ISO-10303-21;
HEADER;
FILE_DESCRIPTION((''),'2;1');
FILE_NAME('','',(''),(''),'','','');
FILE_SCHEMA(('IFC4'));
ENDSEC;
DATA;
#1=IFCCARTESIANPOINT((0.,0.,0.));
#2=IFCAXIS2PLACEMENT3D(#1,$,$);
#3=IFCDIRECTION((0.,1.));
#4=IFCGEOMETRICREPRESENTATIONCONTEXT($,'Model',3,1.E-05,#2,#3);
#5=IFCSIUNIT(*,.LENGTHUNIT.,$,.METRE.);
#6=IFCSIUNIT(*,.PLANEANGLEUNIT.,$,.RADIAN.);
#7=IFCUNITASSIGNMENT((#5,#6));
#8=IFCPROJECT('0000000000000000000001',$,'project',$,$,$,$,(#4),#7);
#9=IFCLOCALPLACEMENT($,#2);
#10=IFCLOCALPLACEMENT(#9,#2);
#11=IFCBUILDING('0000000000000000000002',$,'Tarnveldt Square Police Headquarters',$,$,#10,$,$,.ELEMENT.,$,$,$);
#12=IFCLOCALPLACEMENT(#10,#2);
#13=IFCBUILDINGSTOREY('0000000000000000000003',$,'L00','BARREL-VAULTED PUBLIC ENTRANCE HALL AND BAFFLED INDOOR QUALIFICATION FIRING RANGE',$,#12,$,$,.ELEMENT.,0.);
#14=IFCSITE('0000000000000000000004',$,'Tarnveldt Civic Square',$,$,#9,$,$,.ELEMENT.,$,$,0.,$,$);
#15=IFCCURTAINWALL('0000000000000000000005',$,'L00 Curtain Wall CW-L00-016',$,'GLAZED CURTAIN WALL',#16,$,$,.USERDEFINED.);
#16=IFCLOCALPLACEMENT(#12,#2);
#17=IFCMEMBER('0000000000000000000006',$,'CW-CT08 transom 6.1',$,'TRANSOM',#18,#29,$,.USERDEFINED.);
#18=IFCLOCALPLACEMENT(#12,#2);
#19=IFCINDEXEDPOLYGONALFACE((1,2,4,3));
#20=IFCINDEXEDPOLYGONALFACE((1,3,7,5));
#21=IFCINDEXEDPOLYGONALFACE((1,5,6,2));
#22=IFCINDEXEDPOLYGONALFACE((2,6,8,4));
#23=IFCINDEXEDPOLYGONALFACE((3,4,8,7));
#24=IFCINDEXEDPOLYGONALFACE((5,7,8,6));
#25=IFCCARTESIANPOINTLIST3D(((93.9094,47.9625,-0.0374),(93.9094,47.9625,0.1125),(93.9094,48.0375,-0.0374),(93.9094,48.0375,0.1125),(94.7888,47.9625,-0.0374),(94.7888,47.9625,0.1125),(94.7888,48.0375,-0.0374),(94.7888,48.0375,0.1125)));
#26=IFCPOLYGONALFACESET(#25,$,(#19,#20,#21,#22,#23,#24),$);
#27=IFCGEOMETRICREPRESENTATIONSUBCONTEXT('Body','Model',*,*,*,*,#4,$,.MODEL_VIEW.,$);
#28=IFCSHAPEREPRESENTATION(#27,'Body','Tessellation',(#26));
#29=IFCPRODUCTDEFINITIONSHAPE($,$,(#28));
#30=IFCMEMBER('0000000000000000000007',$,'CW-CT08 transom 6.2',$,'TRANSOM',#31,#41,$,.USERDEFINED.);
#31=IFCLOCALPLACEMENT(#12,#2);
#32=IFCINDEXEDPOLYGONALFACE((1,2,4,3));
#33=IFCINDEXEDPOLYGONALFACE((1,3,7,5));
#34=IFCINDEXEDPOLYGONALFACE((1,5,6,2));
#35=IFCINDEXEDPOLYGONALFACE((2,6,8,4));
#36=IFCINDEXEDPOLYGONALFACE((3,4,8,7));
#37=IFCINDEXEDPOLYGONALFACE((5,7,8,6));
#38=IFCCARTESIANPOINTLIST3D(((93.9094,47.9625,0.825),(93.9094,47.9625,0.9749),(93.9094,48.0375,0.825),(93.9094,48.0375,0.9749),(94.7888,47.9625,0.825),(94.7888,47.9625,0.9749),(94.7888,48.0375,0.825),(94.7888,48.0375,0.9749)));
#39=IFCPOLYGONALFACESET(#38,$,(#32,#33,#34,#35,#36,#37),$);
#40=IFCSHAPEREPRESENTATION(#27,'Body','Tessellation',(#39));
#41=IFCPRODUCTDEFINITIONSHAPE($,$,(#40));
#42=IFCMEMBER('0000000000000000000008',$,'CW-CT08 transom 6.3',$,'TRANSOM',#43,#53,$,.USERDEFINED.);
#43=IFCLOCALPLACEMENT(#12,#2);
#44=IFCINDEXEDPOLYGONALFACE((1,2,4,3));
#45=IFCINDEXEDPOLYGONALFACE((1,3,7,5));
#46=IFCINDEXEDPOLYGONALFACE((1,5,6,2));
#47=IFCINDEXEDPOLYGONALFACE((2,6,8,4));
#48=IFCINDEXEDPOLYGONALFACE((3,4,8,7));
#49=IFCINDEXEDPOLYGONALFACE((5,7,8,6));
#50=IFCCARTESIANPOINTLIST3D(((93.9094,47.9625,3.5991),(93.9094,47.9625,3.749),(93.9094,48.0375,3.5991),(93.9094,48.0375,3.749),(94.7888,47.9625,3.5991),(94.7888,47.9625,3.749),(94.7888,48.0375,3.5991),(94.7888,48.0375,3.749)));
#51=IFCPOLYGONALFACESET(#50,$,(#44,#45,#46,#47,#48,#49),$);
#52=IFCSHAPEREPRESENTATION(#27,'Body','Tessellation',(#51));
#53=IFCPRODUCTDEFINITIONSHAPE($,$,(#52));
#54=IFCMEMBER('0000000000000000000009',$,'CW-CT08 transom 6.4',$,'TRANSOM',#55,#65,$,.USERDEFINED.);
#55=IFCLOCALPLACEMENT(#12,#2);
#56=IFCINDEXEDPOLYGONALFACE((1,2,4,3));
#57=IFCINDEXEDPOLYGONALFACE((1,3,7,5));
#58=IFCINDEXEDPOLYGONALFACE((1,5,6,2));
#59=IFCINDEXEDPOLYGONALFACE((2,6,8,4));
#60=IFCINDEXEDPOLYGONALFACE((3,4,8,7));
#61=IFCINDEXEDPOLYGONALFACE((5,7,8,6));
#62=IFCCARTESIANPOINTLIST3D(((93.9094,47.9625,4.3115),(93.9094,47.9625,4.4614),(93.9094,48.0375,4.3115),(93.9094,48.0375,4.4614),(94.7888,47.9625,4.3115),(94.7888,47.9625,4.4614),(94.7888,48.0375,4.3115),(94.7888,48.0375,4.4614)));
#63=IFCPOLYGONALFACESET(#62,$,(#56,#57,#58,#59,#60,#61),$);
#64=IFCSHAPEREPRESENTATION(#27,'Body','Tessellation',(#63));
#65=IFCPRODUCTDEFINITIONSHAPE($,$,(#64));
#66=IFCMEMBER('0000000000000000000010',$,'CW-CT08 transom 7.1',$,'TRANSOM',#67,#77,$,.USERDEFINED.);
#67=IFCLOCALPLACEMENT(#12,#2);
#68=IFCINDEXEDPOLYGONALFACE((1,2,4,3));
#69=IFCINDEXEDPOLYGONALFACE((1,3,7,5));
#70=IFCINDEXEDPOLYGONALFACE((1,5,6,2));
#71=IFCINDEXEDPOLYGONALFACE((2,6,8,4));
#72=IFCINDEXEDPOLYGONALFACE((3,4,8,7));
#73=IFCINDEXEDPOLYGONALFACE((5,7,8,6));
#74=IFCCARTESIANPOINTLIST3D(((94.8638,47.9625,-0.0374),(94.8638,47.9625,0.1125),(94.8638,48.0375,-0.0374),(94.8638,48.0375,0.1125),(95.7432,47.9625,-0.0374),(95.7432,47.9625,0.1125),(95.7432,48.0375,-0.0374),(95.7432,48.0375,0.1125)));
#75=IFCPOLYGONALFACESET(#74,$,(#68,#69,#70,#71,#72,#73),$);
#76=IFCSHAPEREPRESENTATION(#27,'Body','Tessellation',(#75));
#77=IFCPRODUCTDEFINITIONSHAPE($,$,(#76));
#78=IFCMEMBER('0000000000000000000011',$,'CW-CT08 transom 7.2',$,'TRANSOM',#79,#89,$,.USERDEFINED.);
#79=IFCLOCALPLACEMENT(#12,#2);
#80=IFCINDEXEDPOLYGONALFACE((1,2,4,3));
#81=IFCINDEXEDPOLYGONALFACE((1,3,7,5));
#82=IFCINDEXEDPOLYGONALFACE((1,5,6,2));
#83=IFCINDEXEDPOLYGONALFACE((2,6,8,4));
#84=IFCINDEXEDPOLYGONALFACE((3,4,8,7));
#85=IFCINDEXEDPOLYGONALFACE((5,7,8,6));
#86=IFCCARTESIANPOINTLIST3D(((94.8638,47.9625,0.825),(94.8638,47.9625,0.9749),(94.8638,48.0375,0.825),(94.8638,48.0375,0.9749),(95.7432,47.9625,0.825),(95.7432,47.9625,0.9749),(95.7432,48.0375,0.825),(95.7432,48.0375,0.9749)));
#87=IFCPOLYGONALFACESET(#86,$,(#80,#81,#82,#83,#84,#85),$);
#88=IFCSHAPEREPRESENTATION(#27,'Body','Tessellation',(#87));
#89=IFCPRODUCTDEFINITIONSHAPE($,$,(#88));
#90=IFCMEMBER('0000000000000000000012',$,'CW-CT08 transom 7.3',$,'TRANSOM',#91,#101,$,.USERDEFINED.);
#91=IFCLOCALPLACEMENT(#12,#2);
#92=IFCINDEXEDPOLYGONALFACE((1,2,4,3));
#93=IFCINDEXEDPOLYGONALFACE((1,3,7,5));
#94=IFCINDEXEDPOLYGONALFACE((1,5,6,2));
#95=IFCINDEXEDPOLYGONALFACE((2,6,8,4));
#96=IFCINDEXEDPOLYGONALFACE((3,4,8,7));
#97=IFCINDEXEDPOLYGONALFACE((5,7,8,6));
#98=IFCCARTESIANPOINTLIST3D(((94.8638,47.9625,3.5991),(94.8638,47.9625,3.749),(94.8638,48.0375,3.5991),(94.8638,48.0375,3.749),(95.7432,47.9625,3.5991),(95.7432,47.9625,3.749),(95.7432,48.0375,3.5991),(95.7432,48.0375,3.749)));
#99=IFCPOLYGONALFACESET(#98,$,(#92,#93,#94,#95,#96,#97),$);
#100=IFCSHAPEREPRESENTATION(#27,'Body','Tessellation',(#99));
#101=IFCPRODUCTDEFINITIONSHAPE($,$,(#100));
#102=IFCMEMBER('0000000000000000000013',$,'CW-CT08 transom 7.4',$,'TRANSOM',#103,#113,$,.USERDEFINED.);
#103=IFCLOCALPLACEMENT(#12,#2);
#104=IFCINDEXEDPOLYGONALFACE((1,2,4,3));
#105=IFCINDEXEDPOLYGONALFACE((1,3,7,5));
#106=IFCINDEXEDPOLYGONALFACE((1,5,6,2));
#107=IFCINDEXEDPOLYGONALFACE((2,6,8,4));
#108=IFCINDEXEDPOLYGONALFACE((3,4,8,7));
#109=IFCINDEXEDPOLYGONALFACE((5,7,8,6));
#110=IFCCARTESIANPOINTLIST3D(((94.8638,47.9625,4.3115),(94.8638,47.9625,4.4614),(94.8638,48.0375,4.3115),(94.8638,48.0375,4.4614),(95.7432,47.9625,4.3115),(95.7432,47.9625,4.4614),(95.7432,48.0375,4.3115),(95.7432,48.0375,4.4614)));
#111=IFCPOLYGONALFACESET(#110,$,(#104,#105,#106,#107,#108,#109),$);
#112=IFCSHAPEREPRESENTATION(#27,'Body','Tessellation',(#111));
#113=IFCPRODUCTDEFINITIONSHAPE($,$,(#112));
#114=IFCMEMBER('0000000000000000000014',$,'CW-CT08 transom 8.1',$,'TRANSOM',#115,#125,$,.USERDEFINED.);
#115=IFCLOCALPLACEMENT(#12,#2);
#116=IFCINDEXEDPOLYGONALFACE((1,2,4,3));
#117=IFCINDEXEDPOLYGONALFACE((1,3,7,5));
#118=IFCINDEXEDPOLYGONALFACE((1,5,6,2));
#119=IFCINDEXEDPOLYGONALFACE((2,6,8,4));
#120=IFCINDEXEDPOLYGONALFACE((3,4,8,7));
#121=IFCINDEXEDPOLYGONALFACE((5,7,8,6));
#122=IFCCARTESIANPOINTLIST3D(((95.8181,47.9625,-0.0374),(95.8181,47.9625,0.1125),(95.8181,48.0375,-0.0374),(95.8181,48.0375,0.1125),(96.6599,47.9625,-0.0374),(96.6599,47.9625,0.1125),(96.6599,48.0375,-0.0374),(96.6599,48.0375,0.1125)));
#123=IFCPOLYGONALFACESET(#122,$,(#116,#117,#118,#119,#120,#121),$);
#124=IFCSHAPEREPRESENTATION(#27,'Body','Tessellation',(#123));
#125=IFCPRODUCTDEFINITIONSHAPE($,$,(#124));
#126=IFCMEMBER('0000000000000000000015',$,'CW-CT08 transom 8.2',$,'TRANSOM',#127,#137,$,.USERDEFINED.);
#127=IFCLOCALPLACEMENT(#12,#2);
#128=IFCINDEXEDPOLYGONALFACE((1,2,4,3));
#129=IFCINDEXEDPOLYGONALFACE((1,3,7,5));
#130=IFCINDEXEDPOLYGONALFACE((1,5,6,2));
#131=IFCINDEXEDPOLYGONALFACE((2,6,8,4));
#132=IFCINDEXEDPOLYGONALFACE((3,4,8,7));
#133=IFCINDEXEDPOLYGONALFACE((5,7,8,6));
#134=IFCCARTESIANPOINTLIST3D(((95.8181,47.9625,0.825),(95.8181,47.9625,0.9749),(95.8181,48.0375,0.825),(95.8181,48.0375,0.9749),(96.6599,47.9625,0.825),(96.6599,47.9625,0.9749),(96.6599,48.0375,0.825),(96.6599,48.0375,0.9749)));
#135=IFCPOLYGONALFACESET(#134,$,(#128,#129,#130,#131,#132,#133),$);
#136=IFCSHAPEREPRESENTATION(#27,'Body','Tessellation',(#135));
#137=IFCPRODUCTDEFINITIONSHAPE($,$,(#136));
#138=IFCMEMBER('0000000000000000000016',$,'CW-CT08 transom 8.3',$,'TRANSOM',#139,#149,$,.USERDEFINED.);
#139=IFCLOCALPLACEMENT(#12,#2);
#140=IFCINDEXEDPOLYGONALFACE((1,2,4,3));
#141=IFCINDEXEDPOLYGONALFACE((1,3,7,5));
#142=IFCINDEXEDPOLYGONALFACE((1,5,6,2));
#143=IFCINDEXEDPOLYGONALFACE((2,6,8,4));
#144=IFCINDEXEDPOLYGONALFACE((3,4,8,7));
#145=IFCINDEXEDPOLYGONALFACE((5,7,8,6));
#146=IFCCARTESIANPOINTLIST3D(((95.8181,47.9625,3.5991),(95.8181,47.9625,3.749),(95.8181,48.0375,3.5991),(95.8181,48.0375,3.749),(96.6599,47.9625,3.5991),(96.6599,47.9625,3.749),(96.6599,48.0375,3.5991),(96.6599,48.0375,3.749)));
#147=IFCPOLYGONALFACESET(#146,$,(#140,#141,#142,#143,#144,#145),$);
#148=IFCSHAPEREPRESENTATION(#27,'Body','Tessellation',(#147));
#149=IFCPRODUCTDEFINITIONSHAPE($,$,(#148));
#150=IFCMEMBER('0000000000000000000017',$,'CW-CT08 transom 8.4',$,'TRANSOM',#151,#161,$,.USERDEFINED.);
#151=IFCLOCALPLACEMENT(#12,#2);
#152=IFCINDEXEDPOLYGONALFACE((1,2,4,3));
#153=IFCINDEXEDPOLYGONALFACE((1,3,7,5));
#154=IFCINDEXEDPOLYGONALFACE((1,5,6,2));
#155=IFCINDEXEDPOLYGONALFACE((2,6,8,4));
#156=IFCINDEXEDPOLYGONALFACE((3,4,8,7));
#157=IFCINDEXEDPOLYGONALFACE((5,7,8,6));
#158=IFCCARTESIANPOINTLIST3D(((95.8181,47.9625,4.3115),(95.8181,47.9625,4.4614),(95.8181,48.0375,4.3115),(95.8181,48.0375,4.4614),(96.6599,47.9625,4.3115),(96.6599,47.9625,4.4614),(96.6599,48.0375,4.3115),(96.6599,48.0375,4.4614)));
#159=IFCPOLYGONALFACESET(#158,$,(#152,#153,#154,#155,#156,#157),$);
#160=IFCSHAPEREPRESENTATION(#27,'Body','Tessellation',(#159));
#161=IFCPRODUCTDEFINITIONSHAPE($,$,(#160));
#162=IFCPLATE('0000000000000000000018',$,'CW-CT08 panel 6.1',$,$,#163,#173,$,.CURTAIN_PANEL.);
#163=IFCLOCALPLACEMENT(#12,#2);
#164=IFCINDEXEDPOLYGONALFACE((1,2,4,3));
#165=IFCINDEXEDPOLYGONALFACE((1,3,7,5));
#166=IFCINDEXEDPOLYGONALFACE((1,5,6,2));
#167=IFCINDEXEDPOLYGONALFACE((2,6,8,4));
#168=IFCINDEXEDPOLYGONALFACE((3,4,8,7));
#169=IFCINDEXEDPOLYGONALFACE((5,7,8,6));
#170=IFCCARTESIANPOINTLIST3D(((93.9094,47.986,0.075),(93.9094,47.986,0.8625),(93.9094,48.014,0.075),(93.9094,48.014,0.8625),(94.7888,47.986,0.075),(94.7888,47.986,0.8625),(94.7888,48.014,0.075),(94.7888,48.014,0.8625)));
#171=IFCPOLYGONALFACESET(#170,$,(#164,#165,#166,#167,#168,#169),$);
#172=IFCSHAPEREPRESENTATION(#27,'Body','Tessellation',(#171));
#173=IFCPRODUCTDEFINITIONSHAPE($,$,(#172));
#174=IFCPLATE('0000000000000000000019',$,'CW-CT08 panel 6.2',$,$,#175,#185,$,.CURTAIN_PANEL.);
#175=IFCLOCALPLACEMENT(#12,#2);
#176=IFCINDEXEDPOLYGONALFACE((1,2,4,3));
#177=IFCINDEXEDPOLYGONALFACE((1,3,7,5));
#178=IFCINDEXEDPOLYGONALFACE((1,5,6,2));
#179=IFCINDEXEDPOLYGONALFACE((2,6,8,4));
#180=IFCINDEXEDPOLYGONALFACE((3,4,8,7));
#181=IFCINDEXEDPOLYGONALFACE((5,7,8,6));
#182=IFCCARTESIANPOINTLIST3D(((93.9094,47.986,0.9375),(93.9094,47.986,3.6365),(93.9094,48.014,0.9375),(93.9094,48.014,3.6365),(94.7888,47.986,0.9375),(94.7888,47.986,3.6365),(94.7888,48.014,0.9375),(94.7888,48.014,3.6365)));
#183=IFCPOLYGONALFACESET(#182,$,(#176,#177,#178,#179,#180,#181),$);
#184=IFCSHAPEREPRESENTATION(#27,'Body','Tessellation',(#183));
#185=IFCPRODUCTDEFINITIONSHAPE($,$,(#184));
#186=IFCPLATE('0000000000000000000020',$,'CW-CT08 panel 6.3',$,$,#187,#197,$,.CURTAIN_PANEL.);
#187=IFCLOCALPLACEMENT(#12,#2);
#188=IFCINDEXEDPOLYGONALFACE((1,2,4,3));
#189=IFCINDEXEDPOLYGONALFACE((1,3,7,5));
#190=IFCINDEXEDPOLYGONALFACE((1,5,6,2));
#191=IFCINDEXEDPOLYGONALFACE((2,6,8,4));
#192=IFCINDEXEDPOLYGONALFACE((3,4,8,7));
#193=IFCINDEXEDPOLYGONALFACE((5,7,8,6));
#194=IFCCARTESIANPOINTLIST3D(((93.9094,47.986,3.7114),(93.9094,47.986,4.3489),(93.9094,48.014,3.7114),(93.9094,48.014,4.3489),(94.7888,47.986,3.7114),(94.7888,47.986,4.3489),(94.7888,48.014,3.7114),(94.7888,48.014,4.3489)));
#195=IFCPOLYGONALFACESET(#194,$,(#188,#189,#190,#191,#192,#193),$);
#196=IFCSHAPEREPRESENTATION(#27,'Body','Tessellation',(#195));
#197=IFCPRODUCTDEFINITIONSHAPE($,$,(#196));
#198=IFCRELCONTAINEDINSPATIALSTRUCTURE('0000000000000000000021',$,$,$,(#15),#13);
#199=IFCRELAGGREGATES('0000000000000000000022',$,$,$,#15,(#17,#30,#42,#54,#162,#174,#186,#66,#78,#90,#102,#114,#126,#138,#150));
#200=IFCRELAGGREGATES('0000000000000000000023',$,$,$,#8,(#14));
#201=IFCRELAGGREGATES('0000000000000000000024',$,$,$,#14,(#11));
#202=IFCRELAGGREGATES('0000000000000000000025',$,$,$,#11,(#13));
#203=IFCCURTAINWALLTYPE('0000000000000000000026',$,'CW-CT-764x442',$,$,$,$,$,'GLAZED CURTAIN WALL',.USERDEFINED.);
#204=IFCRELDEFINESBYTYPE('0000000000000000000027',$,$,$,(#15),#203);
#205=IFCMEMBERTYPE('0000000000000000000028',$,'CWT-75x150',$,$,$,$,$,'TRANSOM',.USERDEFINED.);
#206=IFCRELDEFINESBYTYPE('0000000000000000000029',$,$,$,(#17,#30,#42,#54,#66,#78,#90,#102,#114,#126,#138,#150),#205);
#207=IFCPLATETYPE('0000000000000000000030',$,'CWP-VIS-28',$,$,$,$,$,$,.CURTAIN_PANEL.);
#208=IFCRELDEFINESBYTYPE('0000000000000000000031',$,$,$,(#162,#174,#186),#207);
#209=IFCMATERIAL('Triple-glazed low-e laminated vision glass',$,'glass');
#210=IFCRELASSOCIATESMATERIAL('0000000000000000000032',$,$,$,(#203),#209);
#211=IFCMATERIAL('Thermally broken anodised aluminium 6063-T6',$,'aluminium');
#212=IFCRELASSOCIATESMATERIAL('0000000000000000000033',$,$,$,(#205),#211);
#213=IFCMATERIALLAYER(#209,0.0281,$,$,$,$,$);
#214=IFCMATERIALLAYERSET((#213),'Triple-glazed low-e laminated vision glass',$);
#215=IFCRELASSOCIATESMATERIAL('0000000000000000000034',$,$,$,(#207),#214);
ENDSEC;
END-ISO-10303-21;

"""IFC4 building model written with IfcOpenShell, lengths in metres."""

from ifc_helpers import new_model, si_unit, direction, frame, origin, origin_2d, place, context, subcontext, project, spatial, rectangle, extrude, material, layer, layer_set, material_profile, profile_set, type_object, element, aggregate, save


model = new_model("IFC4")

# Units and contexts
model_context = context("Model", 3, precision=1e-05, world=origin(), true_north=direction((0.0, 1.0)))
body_context = subcontext(model_context, "Body", "Model", "MODEL_VIEW")
ifc_project = project(units=[si_unit("LENGTHUNIT", "METRE"), si_unit("PLANEANGLEUNIT", "RADIAN")], contexts=[model_context])

# Site, building, storey
site_placement = place(None, origin())
site = spatial("IfcSite", under=ifc_project, at=site_placement, Name="Tarnveldt Civic Square", CompositionType="ELEMENT", RefElevation=0.0)
building_placement = place(site_placement, origin())
building = spatial("IfcBuilding", under=site, at=building_placement, Name="Tarnveldt Square Police Headquarters", CompositionType="ELEMENT")
storey_placement = place(building_placement, origin())
storey = spatial("IfcBuildingStorey", under=building, at=storey_placement, Name="L00", Description="BARREL-VAULTED PUBLIC ENTRANCE HALL AND BAFFLED INDOOR QUALIFICATION FIRING RANGE", CompositionType="ELEMENT", Elevation=0.0)

# Curtain wall, members, plates
ifc_material_1 = material(Name="Triple-glazed low-e laminated vision glass", Category="glass")
curtain_wall_type = type_object("IfcCurtainWallType", Name="CW-CT-764x442", ElementType="GLAZED CURTAIN WALL", PredefinedType="USERDEFINED", material=ifc_material_1)
curtain_wall_placement = place(storey_placement, origin())
curtain_wall = element("IfcCurtainWall", 1, at=curtain_wall_placement, inside=storey, type_object=curtain_wall_type, Name="L00 Curtain Wall CW-L00-016", ObjectType="GLAZED CURTAIN WALL", PredefinedType="USERDEFINED")
ifc_material_2 = material(Name="Thermally broken anodised aluminium 6063-T6", Category="aluminium")
ifc_material_profile_1 = material_profile(ifc_material_2, rectangle(XDim=0.075, YDim=0.1499, at=origin_2d()), Name="CW-T75x150")
ifc_profile_set_1 = profile_set([ifc_material_profile_1], Name="Thermally broken anodised aluminium 6063-T6")
member_type_1 = type_object("IfcMemberType", Name="CWT-75x150", ElementType="TRANSOM", PredefinedType="USERDEFINED", material=ifc_profile_set_1)
member_1_placement = place(storey_placement, frame((93.9094, 48.0, 0.0376), z_axis=(1.0, 0.0, 0.0), x_axis=(0.0, 1.0, 0.0)))
member_1 = element("IfcMember", 2, at=member_1_placement, type_object=member_type_1, Name="CW-CT08 transom 6.1", ObjectType="TRANSOM", PredefinedType="USERDEFINED", context=body_context, shape_type="SweptSolid", body=[
    extrude(rectangle(XDim=0.075, YDim=0.1499, at=origin_2d()), origin(), (0.0, 0.0, 1.0), 0.8794),
])
member_2_placement = place(storey_placement, frame((93.9094, 48.0, 0.8999), z_axis=(1.0, 0.0, 0.0), x_axis=(0.0, 1.0, 0.0)))
member_2 = element("IfcMember", 3, at=member_2_placement, type_object=member_type_1, Name="CW-CT08 transom 6.2", ObjectType="TRANSOM", PredefinedType="USERDEFINED", context=body_context, shape_type="SweptSolid", body=[
    extrude(rectangle(XDim=0.075, YDim=0.1499, at=origin_2d()), origin(), (0.0, 0.0, 1.0), 0.8794),
])
member_3_placement = place(storey_placement, frame((93.9094, 48.0, 3.6741), z_axis=(1.0, 0.0, 0.0), x_axis=(0.0, 1.0, 0.0)))
member_3 = element("IfcMember", 4, at=member_3_placement, type_object=member_type_1, Name="CW-CT08 transom 6.3", ObjectType="TRANSOM", PredefinedType="USERDEFINED", context=body_context, shape_type="SweptSolid", body=[
    extrude(rectangle(XDim=0.075, YDim=0.1499, at=origin_2d()), origin(), (0.0, 0.0, 1.0), 0.8794),
])
member_4_placement = place(storey_placement, frame((93.9094, 48.0, 4.3865), z_axis=(1.0, 0.0, 0.0), x_axis=(0.0, 1.0, 0.0)))
member_4 = element("IfcMember", 5, at=member_4_placement, type_object=member_type_1, Name="CW-CT08 transom 6.4", ObjectType="TRANSOM", PredefinedType="USERDEFINED", context=body_context, shape_type="SweptSolid", body=[
    extrude(rectangle(XDim=0.075, YDim=0.1499, at=origin_2d()), origin(), (0.0, 0.0, 1.0), 0.8794),
])
member_5_placement = place(storey_placement, frame((94.8638, 48.0, 0.0376), z_axis=(1.0, 0.0, 0.0), x_axis=(0.0, 1.0, 0.0)))
member_5 = element("IfcMember", 6, at=member_5_placement, type_object=member_type_1, Name="CW-CT08 transom 7.1", ObjectType="TRANSOM", PredefinedType="USERDEFINED", context=body_context, shape_type="SweptSolid", body=[
    extrude(rectangle(XDim=0.075, YDim=0.1499, at=origin_2d()), origin(), (0.0, 0.0, 1.0), 0.8794),
])
member_6_placement = place(storey_placement, frame((94.8638, 48.0, 0.8999), z_axis=(1.0, 0.0, 0.0), x_axis=(0.0, 1.0, 0.0)))
member_6 = element("IfcMember", 7, at=member_6_placement, type_object=member_type_1, Name="CW-CT08 transom 7.2", ObjectType="TRANSOM", PredefinedType="USERDEFINED", context=body_context, shape_type="SweptSolid", body=[
    extrude(rectangle(XDim=0.075, YDim=0.1499, at=origin_2d()), origin(), (0.0, 0.0, 1.0), 0.8794),
])
member_7_placement = place(storey_placement, frame((94.8638, 48.0, 3.6741), z_axis=(1.0, 0.0, 0.0), x_axis=(0.0, 1.0, 0.0)))
member_7 = element("IfcMember", 8, at=member_7_placement, type_object=member_type_1, Name="CW-CT08 transom 7.3", ObjectType="TRANSOM", PredefinedType="USERDEFINED", context=body_context, shape_type="SweptSolid", body=[
    extrude(rectangle(XDim=0.075, YDim=0.1499, at=origin_2d()), origin(), (0.0, 0.0, 1.0), 0.8794),
])
member_8_placement = place(storey_placement, frame((94.8638, 48.0, 4.3865), z_axis=(1.0, 0.0, 0.0), x_axis=(0.0, 1.0, 0.0)))
member_8 = element("IfcMember", 9, at=member_8_placement, type_object=member_type_1, Name="CW-CT08 transom 7.4", ObjectType="TRANSOM", PredefinedType="USERDEFINED", context=body_context, shape_type="SweptSolid", body=[
    extrude(rectangle(XDim=0.075, YDim=0.1499, at=origin_2d()), origin(), (0.0, 0.0, 1.0), 0.8794),
])
member_9_placement = place(storey_placement, frame((95.8181, 48.0, 0.0376), z_axis=(1.0, 0.0, 0.0), x_axis=(0.0, 1.0, 0.0)))
member_9 = element("IfcMember", 10, at=member_9_placement, type_object=member_type_1, Name="CW-CT08 transom 8.1", ObjectType="TRANSOM", PredefinedType="USERDEFINED", context=body_context, shape_type="SweptSolid", body=[
    extrude(rectangle(XDim=0.075, YDim=0.1499, at=origin_2d()), origin(), (0.0, 0.0, 1.0), 0.8418),
])
member_10_placement = place(storey_placement, frame((95.8181, 48.0, 0.8999), z_axis=(1.0, 0.0, 0.0), x_axis=(0.0, 1.0, 0.0)))
member_10 = element("IfcMember", 11, at=member_10_placement, type_object=member_type_1, Name="CW-CT08 transom 8.2", ObjectType="TRANSOM", PredefinedType="USERDEFINED", context=body_context, shape_type="SweptSolid", body=[
    extrude(rectangle(XDim=0.075, YDim=0.1499, at=origin_2d()), origin(), (0.0, 0.0, 1.0), 0.8418),
])
member_11_placement = place(storey_placement, frame((95.8181, 48.0, 3.6741), z_axis=(1.0, 0.0, 0.0), x_axis=(0.0, 1.0, 0.0)))
member_11 = element("IfcMember", 12, at=member_11_placement, type_object=member_type_1, Name="CW-CT08 transom 8.3", ObjectType="TRANSOM", PredefinedType="USERDEFINED", context=body_context, shape_type="SweptSolid", body=[
    extrude(rectangle(XDim=0.075, YDim=0.1499, at=origin_2d()), origin(), (0.0, 0.0, 1.0), 0.8418),
])
member_12_placement = place(storey_placement, frame((95.8181, 48.0, 4.3865), z_axis=(1.0, 0.0, 0.0), x_axis=(0.0, 1.0, 0.0)))
member_12 = element("IfcMember", 13, at=member_12_placement, type_object=member_type_1, Name="CW-CT08 transom 8.4", ObjectType="TRANSOM", PredefinedType="USERDEFINED", context=body_context, shape_type="SweptSolid", body=[
    extrude(rectangle(XDim=0.075, YDim=0.1499, at=origin_2d()), origin(), (0.0, 0.0, 1.0), 0.8418),
])
ifc_layer = layer(ifc_material_1, 0.0281)
ifc_layer_set = layer_set([ifc_layer], Name="Triple-glazed low-e laminated vision glass")
plate_type = type_object("IfcPlateType", Name="CWP-VIS-28", PredefinedType="CURTAIN_PANEL", material=ifc_layer_set)
plate_1_placement = place(storey_placement, frame((94.3491, 48.0, 0.075), z_axis=(0.0, 0.0, 1.0), x_axis=(1.0, 0.0, 0.0)))
plate_1 = element("IfcPlate", 14, at=plate_1_placement, type_object=plate_type, Name="CW-CT08 panel 6.1", PredefinedType="CURTAIN_PANEL", context=body_context, shape_type="SweptSolid", body=[
    extrude(rectangle(XDim=0.8794, YDim=0.0281, at=origin_2d()), origin(), (0.0, 0.0, 1.0), 0.7876),
])
plate_2_placement = place(storey_placement, frame((94.3491, 48.0, 0.9375), z_axis=(0.0, 0.0, 1.0), x_axis=(1.0, 0.0, 0.0)))
plate_2 = element("IfcPlate", 15, at=plate_2_placement, type_object=plate_type, Name="CW-CT08 panel 6.2", PredefinedType="CURTAIN_PANEL", context=body_context, shape_type="SweptSolid", body=[
    extrude(rectangle(XDim=0.8794, YDim=0.0281, at=origin_2d()), origin(), (0.0, 0.0, 1.0), 2.699),
])
plate_3_placement = place(storey_placement, frame((94.3491, 48.0, 3.7114), z_axis=(0.0, 0.0, 1.0), x_axis=(1.0, 0.0, 0.0)))
plate_3 = element("IfcPlate", 16, at=plate_3_placement, type_object=plate_type, Name="CW-CT08 panel 6.3", PredefinedType="CURTAIN_PANEL", context=body_context, shape_type="SweptSolid", body=[
    extrude(rectangle(XDim=0.8794, YDim=0.0281, at=origin_2d()), origin(), (0.0, 0.0, 1.0), 0.6375),
])
aggregate(curtain_wall, [member_1, member_2, member_3, member_4, plate_1, plate_2, plate_3, member_5, member_6, member_7, member_8, member_9, member_10, member_11, member_12])

save(model, "model.ifc")
